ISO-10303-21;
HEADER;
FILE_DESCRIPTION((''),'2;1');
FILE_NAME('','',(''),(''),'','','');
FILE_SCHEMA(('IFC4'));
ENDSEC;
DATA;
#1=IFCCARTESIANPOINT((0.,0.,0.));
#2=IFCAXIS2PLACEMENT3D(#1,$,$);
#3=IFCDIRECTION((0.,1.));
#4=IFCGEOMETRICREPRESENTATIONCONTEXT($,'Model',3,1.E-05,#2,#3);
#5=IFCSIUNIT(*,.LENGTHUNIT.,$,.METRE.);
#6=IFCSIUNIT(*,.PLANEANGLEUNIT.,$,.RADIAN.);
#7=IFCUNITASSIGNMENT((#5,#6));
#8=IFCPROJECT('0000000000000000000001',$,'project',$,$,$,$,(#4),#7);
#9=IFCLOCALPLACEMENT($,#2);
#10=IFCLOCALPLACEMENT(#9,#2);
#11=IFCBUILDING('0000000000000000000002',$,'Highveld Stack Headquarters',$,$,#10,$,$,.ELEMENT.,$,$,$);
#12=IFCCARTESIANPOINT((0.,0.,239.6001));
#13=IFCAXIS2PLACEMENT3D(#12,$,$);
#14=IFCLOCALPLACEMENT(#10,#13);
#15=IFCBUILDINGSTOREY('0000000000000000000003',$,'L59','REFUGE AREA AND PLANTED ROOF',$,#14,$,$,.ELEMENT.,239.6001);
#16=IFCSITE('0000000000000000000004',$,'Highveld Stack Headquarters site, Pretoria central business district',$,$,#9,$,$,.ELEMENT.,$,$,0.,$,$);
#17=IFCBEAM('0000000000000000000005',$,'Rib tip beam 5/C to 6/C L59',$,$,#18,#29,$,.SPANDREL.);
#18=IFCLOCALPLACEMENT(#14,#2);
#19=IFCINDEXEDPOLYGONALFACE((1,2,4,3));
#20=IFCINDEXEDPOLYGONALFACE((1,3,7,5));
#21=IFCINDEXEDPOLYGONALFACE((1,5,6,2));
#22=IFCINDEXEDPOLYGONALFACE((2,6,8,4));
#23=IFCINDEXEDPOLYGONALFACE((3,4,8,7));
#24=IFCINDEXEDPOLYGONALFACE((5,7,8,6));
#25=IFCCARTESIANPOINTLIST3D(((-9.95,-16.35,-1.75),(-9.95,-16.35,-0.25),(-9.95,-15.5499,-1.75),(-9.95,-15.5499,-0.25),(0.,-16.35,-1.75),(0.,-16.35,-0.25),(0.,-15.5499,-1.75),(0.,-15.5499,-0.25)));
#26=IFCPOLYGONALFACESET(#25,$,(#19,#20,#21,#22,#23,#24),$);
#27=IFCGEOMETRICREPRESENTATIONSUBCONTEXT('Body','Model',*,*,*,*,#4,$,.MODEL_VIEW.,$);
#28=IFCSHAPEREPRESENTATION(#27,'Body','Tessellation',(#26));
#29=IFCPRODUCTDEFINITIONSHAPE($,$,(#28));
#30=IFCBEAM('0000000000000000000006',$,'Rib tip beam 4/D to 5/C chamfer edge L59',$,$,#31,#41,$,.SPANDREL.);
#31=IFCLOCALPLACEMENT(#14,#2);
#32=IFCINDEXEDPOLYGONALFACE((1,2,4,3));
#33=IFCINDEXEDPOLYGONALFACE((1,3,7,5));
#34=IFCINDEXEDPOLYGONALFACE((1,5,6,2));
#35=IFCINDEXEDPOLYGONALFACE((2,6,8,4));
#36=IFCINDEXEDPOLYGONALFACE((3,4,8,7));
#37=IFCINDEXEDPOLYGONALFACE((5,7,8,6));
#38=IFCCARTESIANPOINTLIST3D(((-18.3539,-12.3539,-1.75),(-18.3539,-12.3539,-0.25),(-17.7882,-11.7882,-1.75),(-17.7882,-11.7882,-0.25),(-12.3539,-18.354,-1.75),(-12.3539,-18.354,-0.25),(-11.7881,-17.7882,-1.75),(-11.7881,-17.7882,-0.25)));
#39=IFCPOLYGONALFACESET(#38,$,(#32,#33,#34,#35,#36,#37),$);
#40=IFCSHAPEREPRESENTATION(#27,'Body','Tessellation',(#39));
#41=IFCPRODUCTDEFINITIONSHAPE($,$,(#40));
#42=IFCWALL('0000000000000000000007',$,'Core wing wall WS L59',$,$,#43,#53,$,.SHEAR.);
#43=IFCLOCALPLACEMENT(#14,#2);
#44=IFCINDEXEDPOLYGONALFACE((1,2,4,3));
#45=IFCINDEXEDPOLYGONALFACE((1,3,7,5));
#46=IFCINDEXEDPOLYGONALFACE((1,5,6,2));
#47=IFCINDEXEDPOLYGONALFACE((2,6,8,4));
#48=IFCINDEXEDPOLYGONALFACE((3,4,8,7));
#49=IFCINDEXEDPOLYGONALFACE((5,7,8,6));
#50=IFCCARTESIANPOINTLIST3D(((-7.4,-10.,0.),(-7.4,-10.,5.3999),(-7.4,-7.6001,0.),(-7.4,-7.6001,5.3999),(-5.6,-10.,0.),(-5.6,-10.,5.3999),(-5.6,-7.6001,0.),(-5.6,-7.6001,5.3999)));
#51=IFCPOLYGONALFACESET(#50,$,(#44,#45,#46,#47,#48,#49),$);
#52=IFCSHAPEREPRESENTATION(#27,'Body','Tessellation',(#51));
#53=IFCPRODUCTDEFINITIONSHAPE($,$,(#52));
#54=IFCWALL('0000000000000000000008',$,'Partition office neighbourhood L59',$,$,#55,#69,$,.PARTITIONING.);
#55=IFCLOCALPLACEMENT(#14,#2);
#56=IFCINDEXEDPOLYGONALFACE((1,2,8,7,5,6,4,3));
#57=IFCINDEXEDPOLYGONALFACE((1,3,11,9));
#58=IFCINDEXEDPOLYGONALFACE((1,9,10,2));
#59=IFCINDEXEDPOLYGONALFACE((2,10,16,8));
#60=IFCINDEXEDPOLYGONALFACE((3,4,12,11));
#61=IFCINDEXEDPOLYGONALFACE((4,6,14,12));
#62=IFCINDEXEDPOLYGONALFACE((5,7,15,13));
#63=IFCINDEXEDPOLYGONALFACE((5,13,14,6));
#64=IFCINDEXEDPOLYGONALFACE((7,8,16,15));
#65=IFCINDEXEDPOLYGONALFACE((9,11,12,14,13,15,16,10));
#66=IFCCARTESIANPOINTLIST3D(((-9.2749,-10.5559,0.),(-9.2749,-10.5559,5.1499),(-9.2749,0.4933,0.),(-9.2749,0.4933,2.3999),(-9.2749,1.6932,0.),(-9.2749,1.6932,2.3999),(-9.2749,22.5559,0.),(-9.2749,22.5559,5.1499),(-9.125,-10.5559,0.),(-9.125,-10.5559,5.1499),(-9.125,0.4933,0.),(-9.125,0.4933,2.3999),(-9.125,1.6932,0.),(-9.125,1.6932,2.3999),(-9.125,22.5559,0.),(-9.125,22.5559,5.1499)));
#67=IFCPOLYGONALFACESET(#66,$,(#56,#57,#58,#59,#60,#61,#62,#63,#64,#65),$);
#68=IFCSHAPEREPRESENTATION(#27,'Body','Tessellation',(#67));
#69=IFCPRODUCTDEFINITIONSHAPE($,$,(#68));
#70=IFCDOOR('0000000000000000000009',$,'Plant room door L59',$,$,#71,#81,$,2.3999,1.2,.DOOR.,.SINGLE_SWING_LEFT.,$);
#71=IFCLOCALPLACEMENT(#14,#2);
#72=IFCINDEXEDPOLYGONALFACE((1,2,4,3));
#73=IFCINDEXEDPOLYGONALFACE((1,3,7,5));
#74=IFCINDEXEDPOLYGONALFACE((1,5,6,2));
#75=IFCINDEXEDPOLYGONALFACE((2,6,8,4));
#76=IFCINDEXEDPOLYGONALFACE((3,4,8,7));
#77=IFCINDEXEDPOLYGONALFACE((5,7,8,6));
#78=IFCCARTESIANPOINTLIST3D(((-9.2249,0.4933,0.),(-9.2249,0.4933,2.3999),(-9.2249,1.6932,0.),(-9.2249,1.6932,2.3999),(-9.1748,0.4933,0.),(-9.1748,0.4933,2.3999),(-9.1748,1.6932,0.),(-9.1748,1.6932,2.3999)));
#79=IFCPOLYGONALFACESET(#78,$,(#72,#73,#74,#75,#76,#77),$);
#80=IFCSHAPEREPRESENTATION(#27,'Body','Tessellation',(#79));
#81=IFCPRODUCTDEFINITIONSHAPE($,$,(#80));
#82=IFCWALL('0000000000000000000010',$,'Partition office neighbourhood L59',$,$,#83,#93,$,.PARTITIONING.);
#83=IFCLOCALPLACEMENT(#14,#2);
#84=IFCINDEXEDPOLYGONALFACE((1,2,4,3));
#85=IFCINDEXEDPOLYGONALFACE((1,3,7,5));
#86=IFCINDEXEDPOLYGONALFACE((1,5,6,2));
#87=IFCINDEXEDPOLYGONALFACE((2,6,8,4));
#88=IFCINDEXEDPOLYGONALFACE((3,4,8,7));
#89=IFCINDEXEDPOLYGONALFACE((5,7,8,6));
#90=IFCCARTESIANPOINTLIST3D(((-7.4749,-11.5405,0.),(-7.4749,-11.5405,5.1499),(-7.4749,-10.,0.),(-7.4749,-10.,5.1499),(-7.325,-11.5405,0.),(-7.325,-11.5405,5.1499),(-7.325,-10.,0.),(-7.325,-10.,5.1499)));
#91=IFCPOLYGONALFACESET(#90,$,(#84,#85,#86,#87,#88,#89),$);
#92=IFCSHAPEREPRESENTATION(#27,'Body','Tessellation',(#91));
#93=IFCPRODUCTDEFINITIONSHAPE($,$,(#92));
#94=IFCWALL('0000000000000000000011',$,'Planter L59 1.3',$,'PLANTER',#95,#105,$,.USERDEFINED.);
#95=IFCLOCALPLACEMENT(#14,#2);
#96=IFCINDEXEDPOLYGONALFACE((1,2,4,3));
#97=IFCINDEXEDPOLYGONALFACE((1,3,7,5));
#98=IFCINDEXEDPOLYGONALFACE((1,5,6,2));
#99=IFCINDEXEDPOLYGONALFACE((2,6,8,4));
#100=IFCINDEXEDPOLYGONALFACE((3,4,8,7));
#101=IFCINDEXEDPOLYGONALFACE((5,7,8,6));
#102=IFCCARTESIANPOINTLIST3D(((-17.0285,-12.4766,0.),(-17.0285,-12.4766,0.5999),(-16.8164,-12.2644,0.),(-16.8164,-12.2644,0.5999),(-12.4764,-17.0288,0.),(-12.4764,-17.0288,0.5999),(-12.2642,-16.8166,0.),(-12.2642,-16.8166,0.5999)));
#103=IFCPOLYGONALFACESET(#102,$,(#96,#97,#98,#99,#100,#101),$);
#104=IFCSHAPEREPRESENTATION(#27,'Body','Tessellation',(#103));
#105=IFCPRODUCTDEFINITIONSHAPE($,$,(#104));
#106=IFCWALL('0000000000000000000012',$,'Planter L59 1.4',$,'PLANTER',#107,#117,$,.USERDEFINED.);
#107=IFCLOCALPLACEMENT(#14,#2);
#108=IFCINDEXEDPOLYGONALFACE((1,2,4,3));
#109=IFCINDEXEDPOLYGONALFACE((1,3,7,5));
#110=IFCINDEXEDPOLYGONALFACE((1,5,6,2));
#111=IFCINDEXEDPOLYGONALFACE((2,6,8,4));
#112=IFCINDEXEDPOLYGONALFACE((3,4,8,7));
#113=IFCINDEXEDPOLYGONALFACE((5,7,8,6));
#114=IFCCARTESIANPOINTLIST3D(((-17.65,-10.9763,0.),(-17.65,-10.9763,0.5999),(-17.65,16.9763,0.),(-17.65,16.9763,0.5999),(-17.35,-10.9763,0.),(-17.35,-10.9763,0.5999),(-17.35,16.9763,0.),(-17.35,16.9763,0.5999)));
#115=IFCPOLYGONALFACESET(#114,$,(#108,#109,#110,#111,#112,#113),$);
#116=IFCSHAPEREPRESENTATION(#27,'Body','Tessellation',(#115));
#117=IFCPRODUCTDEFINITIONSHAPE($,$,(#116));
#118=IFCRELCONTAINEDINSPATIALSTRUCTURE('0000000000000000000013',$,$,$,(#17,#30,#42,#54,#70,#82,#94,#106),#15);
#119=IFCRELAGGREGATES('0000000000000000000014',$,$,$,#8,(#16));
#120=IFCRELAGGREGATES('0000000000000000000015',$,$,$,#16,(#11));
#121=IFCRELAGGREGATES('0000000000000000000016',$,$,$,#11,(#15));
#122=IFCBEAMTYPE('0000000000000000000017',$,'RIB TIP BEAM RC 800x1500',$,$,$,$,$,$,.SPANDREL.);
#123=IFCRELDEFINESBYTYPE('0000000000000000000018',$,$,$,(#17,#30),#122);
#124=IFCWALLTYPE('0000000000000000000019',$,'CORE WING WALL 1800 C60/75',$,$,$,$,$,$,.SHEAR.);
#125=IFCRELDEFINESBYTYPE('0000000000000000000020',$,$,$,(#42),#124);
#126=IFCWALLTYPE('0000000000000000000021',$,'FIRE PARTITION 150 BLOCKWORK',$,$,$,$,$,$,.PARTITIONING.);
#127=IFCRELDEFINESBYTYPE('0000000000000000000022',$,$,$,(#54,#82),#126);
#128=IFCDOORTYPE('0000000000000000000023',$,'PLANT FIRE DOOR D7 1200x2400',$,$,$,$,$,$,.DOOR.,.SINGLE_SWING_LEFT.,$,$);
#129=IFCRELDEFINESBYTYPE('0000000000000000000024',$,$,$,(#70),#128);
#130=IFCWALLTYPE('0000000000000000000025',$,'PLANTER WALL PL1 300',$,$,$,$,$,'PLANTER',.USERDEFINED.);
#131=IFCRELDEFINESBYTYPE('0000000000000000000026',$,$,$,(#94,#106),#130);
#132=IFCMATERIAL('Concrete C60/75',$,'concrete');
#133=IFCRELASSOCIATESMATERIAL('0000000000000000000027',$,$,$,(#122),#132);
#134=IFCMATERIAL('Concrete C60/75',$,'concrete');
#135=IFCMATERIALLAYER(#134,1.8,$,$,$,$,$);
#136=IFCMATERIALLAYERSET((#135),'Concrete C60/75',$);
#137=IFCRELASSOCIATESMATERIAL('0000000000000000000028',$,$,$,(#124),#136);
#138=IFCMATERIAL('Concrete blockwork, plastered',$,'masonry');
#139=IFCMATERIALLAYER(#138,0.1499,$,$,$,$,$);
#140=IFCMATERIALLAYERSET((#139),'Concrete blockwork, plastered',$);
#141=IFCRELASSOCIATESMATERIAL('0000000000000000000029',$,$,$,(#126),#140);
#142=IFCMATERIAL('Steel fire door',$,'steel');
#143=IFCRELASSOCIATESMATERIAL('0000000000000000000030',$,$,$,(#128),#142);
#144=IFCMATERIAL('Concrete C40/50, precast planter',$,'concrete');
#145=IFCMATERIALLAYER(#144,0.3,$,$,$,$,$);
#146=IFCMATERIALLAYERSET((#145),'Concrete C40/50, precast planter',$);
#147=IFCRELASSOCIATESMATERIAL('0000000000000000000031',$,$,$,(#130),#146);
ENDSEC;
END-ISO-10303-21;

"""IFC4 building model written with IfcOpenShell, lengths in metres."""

from ifc_helpers import new_model, si_unit, direction, frame, frame_2d, origin, origin_2d, place, context, subcontext, project, spatial, rectangle, extrude, material, layer, layer_set, material_profile, profile_set, type_object, element, fill, save


model = new_model("IFC4")

# Units and contexts
model_context = context("Model", 3, precision=1e-05, world=origin(), true_north=direction((0.0, 1.0)))
body_context = subcontext(model_context, "Body", "Model", "MODEL_VIEW")
ifc_project = project(units=[si_unit("LENGTHUNIT", "METRE"), si_unit("PLANEANGLEUNIT", "RADIAN")], contexts=[model_context])

# Site, building, storey
site_placement = place(None, origin())
site = spatial("IfcSite", under=ifc_project, at=site_placement, Name="Highveld Stack Headquarters site, Pretoria central business district", CompositionType="ELEMENT", RefElevation=0.0)
building_placement = place(site_placement, origin())
building = spatial("IfcBuilding", under=site, at=building_placement, Name="Highveld Stack Headquarters", CompositionType="ELEMENT")
storey_placement = place(building_placement, frame((0.0, 0.0, 239.6001)))
storey = spatial("IfcBuildingStorey", under=building, at=storey_placement, Name="L59", Description="REFUGE AREA AND PLANTED ROOF", CompositionType="ELEMENT", Elevation=239.6001)

# Beams
ifc_material_1 = material(Name="Concrete C60/75", Category="concrete")
ifc_material_profile = material_profile(ifc_material_1, rectangle(XDim=0.8, YDim=1.5, at=origin_2d()), Name="RC 800x1500")
ifc_profile_set = profile_set([ifc_material_profile], Name="Concrete C60/75")
beam_type = type_object("IfcBeamType", Name="RIB TIP BEAM RC 800x1500", PredefinedType="SPANDREL", material=ifc_profile_set)
beam_1_placement = place(storey_placement, frame((-9.95, -15.95, -1.0), z_axis=(1.0, 0.0, 0.0), x_axis=(0.0, 1.0, 0.0)))
element("IfcBeam", 1, at=beam_1_placement, inside=storey, type_object=beam_type, Name="Rib tip beam 5/C to 6/C L59", PredefinedType="SPANDREL", context=body_context, shape_type="SweptSolid", body=[
    extrude(rectangle(XDim=0.8, YDim=1.5, at=origin_2d()), origin(), (0.0, 0.0, 1.0), 9.95),
])
beam_2_placement = place(storey_placement, frame((-18.071, -12.071, -1.0), z_axis=(0.707107, -0.707107, 0.0), x_axis=(0.707107, 0.707107, 0.0)))
element("IfcBeam", 2, at=beam_2_placement, inside=storey, type_object=beam_type, Name="Rib tip beam 4/D to 5/C chamfer edge L59", PredefinedType="SPANDREL", context=body_context, shape_type="SweptSolid", body=[
    extrude(rectangle(XDim=0.8, YDim=1.5, at=origin_2d()), origin(), (0.0, 0.0, 1.0), 8.4854),
])

# Wall
ifc_material_2 = material(Name="Concrete C60/75", Category="concrete")
ifc_layer_1 = layer(ifc_material_2, 1.8)
ifc_layer_set_1 = layer_set([ifc_layer_1], Name="Concrete C60/75")
wall_type_1 = type_object("IfcWallType", Name="CORE WING WALL 1800 C60/75", PredefinedType="SHEAR", material=ifc_layer_set_1)
wall_1_placement = place(storey_placement, frame((-6.5, -10.0, 0.0), z_axis=(0.0, 0.0, 1.0), x_axis=(0.0, 1.0, 0.0)))
element("IfcWall", 3, at=wall_1_placement, inside=storey, type_object=wall_type_1, Name="Core wing wall WS L59", PredefinedType="SHEAR", context=body_context, shape_type="SweptSolid", body=[
    extrude(rectangle(XDim=2.3999, YDim=1.8, at=frame_2d((1.2, 0.0))), origin(), (0.0, 0.0, 1.0), 5.3999),
])

# Wall, opening, door
ifc_material_3 = material(Name="Concrete blockwork, plastered", Category="masonry")
ifc_layer_2 = layer(ifc_material_3, 0.1499)
ifc_layer_set_2 = layer_set([ifc_layer_2], Name="Concrete blockwork, plastered")
wall_type_2 = type_object("IfcWallType", Name="FIRE PARTITION 150 BLOCKWORK", PredefinedType="PARTITIONING", material=ifc_layer_set_2)
wall_2_placement = place(storey_placement, frame((-9.2, -10.5559, 0.0), z_axis=(0.0, 0.0, 1.0), x_axis=(0.0, 1.0, 0.0)))
wall_2 = element("IfcWall", 4, at=wall_2_placement, inside=storey, type_object=wall_type_2, Name="Partition office neighbourhood L59", PredefinedType="PARTITIONING", context=body_context, shape_type="SweptSolid", body=[
    extrude(rectangle(XDim=33.1118, YDim=0.1499, at=frame_2d((16.5559, 0.0))), origin(), (0.0, 0.0, 1.0), 5.1499),
])
opening_1_placement = place(wall_2_placement, frame((11.0491, 0.0, 0.0)))
opening_1 = element("IfcOpeningElement", 5, at=opening_1_placement, cuts=wall_2, PredefinedType="OPENING", context=body_context, shape_type="SweptSolid", body=[
    extrude(rectangle(XDim=1.2, YDim=2.3999, at=frame_2d((0.6001, 1.2))), frame((0.0, 0.085, 0.0), z_axis=(0.0, -1.0, 0.0), x_axis=(1.0, 0.0, 0.0)), (0.0, 0.0, 1.0), 0.1699),
])
ifc_material_4 = material(Name="Steel fire door", Category="steel")
door_type_1 = type_object("IfcDoorType", Name="PLANT FIRE DOOR D7 1200x2400", OperationType="SINGLE_SWING_LEFT", PredefinedType="DOOR", material=ifc_material_4)
door_1_placement = place(opening_1_placement, origin())
door_1 = element("IfcDoor", 6, at=door_1_placement, inside=storey, type_object=door_type_1, Name="Plant room door L59", OperationType="SINGLE_SWING_LEFT", OverallHeight=2.3999, OverallWidth=1.2, PredefinedType="DOOR", context=body_context, shape_type="SweptSolid", body=[
    extrude(rectangle(XDim=1.2, YDim=2.3999, at=frame_2d((0.6001, 1.2))), frame((0.0, 0.0249, 0.0), z_axis=(0.0, -1.0, 0.0), x_axis=(1.0, 0.0, 0.0)), (0.0, 0.0, 1.0), 0.05),
])
fill(opening_1, door_1)

# Walls
wall_3_placement = place(storey_placement, frame((-7.3999, -11.5405, 0.0), z_axis=(0.0, 0.0, 1.0), x_axis=(0.0, 1.0, 0.0)))
element("IfcWall", 7, at=wall_3_placement, inside=storey, type_object=wall_type_2, Name="Partition office neighbourhood L59", PredefinedType="PARTITIONING", context=body_context, shape_type="SweptSolid", body=[
    extrude(rectangle(XDim=1.5405, YDim=0.1499, at=frame_2d((0.7703, 0.0))), origin(), (0.0, 0.0, 1.0), 5.1499),
])
ifc_material_5 = material(Name="Concrete C40/50, precast planter", Category="concrete")
ifc_layer_3 = layer(ifc_material_5, 0.3)
ifc_layer_set_3 = layer_set([ifc_layer_3], Name="Concrete C40/50, precast planter")
wall_type_3 = type_object("IfcWallType", Name="PLANTER WALL PL1 300", ElementType="PLANTER", PredefinedType="USERDEFINED", material=ifc_layer_set_3)
wall_4_placement = place(storey_placement, frame((-12.3704, -16.9226, 0.0), z_axis=(0.0, 0.0, 1.0), x_axis=(-0.707107, 0.707107, 0.0)))
element("IfcWall", 8, at=wall_4_placement, inside=storey, type_object=wall_type_3, Name="Planter L59 1.3", ObjectType="PLANTER", PredefinedType="USERDEFINED", context=body_context, shape_type="SweptSolid", body=[
    extrude(rectangle(XDim=6.4377, YDim=0.3, at=frame_2d((3.2188, 0.0))), origin(), (0.0, 0.0, 1.0), 0.5999),
])
wall_5_placement = place(storey_placement, frame((-17.5, -10.9763, 0.0), z_axis=(0.0, 0.0, 1.0), x_axis=(0.0, 1.0, 0.0)))
element("IfcWall", 9, at=wall_5_placement, inside=storey, type_object=wall_type_3, Name="Planter L59 1.4", ObjectType="PLANTER", PredefinedType="USERDEFINED", context=body_context, shape_type="SweptSolid", body=[
    extrude(rectangle(XDim=27.9526, YDim=0.3, at=frame_2d((13.9763, 0.0))), origin(), (0.0, 0.0, 1.0), 0.5999),
])

save(model, "model.ifc")
